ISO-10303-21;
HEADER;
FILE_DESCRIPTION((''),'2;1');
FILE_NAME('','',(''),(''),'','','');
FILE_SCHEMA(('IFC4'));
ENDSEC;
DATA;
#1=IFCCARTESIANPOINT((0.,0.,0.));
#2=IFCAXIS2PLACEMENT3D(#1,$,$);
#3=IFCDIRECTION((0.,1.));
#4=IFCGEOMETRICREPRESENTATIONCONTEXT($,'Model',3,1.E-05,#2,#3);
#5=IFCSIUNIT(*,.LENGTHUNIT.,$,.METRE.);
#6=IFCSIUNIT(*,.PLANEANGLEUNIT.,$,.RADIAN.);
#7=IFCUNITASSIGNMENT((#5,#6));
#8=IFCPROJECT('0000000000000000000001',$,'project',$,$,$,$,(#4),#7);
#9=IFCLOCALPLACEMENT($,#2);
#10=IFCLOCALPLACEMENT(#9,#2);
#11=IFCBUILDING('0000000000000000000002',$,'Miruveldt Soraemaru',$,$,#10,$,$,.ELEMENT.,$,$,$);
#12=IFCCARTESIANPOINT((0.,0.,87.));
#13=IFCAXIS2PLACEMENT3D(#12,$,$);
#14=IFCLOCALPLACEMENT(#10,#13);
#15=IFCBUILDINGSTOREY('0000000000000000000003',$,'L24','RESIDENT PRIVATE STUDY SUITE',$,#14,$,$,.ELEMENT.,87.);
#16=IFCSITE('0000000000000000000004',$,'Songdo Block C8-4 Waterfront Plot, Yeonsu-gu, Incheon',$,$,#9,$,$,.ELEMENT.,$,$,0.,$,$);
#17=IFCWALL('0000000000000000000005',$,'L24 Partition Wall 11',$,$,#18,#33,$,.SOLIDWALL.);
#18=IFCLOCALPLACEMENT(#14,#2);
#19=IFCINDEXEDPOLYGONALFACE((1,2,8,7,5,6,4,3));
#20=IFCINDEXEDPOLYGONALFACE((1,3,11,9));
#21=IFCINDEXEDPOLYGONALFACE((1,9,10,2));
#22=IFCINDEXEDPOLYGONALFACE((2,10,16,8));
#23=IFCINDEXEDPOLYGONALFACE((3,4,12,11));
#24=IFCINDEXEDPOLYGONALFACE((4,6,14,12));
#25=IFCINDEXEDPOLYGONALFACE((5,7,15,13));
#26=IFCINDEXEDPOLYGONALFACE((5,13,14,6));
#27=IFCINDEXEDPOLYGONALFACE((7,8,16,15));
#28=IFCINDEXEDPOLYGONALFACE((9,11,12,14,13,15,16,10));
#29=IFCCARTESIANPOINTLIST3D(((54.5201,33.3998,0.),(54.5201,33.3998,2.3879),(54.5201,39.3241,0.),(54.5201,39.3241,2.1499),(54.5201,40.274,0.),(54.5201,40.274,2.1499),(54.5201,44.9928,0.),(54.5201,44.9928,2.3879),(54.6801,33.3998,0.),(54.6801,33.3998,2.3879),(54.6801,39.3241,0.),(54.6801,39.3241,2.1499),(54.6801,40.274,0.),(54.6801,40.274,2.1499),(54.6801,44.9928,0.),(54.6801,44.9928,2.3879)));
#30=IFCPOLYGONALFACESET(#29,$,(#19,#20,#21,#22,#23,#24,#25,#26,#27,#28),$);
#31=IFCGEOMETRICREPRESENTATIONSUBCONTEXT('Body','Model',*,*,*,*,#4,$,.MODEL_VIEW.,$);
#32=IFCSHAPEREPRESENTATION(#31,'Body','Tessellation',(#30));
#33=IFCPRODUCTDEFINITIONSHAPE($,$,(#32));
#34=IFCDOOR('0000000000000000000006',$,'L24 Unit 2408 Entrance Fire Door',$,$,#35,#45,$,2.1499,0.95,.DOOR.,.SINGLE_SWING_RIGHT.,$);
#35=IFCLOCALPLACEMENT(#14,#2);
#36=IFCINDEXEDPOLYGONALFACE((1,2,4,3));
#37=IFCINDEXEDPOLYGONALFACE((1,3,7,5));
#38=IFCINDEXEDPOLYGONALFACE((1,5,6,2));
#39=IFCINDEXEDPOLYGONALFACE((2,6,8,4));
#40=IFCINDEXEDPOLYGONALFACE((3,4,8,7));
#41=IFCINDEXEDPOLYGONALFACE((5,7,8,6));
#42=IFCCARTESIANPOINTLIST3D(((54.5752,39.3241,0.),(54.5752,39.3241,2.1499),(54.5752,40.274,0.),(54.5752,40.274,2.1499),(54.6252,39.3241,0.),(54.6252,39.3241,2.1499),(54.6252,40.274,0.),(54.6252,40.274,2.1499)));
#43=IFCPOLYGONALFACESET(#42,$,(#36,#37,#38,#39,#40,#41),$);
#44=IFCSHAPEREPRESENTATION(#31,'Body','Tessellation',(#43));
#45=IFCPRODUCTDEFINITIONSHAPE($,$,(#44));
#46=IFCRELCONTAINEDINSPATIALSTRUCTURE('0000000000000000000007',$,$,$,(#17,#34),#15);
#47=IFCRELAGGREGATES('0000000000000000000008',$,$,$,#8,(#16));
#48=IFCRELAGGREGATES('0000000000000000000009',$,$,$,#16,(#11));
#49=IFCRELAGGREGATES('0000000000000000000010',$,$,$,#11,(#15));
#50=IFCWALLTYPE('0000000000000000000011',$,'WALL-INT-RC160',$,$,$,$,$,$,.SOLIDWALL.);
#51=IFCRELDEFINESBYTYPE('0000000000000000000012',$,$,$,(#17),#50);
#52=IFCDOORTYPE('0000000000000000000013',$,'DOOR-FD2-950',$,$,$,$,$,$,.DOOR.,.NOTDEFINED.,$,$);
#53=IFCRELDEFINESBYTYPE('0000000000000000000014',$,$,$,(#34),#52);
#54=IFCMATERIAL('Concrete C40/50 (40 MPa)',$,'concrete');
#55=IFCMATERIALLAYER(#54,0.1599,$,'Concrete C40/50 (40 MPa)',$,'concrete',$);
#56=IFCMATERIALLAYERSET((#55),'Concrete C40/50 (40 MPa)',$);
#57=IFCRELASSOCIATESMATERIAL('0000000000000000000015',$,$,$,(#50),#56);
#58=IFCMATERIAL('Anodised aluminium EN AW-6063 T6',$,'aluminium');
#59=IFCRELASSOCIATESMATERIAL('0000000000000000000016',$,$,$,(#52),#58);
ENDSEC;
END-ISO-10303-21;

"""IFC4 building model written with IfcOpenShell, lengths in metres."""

from ifc_helpers import new_model, si_unit, direction, frame, frame_2d, origin, place, context, subcontext, project, spatial, rectangle, extrude, material, layer, layer_set, type_object, element, fill, save


model = new_model("IFC4")

# Units and contexts
model_context = context("Model", 3, precision=1e-05, world=origin(), true_north=direction((0.0, 1.0)))
body_context = subcontext(model_context, "Body", "Model", "MODEL_VIEW")
ifc_project = project(units=[si_unit("LENGTHUNIT", "METRE"), si_unit("PLANEANGLEUNIT", "RADIAN")], contexts=[model_context])

# Site, building, storey
site_placement = place(None, origin())
site = spatial("IfcSite", under=ifc_project, at=site_placement, Name="Songdo Block C8-4 Waterfront Plot, Yeonsu-gu, Incheon", CompositionType="ELEMENT", RefElevation=0.0)
building_placement = place(site_placement, origin())
building = spatial("IfcBuilding", under=site, at=building_placement, Name="Miruveldt Soraemaru", CompositionType="ELEMENT")
storey_placement = place(building_placement, frame((0.0, 0.0, 87.0)))
storey = spatial("IfcBuildingStorey", under=building, at=storey_placement, Name="L24", Description="RESIDENT PRIVATE STUDY SUITE", CompositionType="ELEMENT", Elevation=87.0)

# Shared definitions
ifc_material_1 = material(Name="Anodised aluminium EN AW-6063 T6", Category="aluminium")

# Wall, opening, door
ifc_material_2 = material(Name="Concrete C40/50 (40 MPa)", Category="concrete")
ifc_layer_1 = layer(ifc_material_2, 0.1599, Name="Concrete C40/50 (40 MPa)", Category="concrete")
ifc_layer_set_1 = layer_set([ifc_layer_1], Name="Concrete C40/50 (40 MPa)")
wall_type_1 = type_object("IfcWallType", Name="WALL-INT-RC160", PredefinedType="SOLIDWALL", material=ifc_layer_set_1)
wall_1_placement = place(storey_placement, frame((54.6001, 33.3999, 0.0), z_axis=(0.0, 0.0, 1.0), x_axis=(0.0, 1.0, 0.0)))
wall_1 = element("IfcWall", 1, at=wall_1_placement, inside=storey, type_object=wall_type_1, Name="L24 Partition Wall 11", PredefinedType="SOLIDWALL", context=body_context, shape_type="SweptSolid", body=[
    extrude(rectangle(XDim=11.593, YDim=0.1599, at=frame_2d((5.7964, 0.0))), origin(), (0.0, 0.0, 1.0), 2.3879),
])
opening_1_placement = place(wall_1_placement, frame((5.9241, 0.0, 0.0)))
opening_1 = element("IfcOpeningElement", 2, at=opening_1_placement, cuts=wall_1, PredefinedType="OPENING", context=body_context, shape_type="SweptSolid", body=[
    extrude(rectangle(XDim=0.95, YDim=2.1499, at=frame_2d((0.4751, 1.075))), frame((0.0, 0.0898, 0.0), z_axis=(0.0, -1.0, 0.0), x_axis=(1.0, 0.0, 0.0)), (0.0, 0.0, 1.0), 0.1799),
])
door_type_1 = type_object("IfcDoorType", Name="DOOR-FD2-950", OperationType="NOTDEFINED", PredefinedType="DOOR", material=ifc_material_1)
door_1_placement = place(opening_1_placement, origin())
door_1 = element("IfcDoor", 3, at=door_1_placement, inside=storey, type_object=door_type_1, Name="L24 Unit 2408 Entrance Fire Door", OperationType="SINGLE_SWING_RIGHT", OverallHeight=2.1499, OverallWidth=0.95, PredefinedType="DOOR", context=body_context, shape_type="SweptSolid", body=[
    extrude(rectangle(XDim=0.95, YDim=2.1499, at=frame_2d((0.4751, 1.075))), frame((0.0, 0.0249, 0.0), z_axis=(0.0, -1.0, 0.0), x_axis=(1.0, 0.0, 0.0)), (0.0, 0.0, 1.0), 0.05),
])
fill(opening_1, door_1)

save(model, "model.ifc")
